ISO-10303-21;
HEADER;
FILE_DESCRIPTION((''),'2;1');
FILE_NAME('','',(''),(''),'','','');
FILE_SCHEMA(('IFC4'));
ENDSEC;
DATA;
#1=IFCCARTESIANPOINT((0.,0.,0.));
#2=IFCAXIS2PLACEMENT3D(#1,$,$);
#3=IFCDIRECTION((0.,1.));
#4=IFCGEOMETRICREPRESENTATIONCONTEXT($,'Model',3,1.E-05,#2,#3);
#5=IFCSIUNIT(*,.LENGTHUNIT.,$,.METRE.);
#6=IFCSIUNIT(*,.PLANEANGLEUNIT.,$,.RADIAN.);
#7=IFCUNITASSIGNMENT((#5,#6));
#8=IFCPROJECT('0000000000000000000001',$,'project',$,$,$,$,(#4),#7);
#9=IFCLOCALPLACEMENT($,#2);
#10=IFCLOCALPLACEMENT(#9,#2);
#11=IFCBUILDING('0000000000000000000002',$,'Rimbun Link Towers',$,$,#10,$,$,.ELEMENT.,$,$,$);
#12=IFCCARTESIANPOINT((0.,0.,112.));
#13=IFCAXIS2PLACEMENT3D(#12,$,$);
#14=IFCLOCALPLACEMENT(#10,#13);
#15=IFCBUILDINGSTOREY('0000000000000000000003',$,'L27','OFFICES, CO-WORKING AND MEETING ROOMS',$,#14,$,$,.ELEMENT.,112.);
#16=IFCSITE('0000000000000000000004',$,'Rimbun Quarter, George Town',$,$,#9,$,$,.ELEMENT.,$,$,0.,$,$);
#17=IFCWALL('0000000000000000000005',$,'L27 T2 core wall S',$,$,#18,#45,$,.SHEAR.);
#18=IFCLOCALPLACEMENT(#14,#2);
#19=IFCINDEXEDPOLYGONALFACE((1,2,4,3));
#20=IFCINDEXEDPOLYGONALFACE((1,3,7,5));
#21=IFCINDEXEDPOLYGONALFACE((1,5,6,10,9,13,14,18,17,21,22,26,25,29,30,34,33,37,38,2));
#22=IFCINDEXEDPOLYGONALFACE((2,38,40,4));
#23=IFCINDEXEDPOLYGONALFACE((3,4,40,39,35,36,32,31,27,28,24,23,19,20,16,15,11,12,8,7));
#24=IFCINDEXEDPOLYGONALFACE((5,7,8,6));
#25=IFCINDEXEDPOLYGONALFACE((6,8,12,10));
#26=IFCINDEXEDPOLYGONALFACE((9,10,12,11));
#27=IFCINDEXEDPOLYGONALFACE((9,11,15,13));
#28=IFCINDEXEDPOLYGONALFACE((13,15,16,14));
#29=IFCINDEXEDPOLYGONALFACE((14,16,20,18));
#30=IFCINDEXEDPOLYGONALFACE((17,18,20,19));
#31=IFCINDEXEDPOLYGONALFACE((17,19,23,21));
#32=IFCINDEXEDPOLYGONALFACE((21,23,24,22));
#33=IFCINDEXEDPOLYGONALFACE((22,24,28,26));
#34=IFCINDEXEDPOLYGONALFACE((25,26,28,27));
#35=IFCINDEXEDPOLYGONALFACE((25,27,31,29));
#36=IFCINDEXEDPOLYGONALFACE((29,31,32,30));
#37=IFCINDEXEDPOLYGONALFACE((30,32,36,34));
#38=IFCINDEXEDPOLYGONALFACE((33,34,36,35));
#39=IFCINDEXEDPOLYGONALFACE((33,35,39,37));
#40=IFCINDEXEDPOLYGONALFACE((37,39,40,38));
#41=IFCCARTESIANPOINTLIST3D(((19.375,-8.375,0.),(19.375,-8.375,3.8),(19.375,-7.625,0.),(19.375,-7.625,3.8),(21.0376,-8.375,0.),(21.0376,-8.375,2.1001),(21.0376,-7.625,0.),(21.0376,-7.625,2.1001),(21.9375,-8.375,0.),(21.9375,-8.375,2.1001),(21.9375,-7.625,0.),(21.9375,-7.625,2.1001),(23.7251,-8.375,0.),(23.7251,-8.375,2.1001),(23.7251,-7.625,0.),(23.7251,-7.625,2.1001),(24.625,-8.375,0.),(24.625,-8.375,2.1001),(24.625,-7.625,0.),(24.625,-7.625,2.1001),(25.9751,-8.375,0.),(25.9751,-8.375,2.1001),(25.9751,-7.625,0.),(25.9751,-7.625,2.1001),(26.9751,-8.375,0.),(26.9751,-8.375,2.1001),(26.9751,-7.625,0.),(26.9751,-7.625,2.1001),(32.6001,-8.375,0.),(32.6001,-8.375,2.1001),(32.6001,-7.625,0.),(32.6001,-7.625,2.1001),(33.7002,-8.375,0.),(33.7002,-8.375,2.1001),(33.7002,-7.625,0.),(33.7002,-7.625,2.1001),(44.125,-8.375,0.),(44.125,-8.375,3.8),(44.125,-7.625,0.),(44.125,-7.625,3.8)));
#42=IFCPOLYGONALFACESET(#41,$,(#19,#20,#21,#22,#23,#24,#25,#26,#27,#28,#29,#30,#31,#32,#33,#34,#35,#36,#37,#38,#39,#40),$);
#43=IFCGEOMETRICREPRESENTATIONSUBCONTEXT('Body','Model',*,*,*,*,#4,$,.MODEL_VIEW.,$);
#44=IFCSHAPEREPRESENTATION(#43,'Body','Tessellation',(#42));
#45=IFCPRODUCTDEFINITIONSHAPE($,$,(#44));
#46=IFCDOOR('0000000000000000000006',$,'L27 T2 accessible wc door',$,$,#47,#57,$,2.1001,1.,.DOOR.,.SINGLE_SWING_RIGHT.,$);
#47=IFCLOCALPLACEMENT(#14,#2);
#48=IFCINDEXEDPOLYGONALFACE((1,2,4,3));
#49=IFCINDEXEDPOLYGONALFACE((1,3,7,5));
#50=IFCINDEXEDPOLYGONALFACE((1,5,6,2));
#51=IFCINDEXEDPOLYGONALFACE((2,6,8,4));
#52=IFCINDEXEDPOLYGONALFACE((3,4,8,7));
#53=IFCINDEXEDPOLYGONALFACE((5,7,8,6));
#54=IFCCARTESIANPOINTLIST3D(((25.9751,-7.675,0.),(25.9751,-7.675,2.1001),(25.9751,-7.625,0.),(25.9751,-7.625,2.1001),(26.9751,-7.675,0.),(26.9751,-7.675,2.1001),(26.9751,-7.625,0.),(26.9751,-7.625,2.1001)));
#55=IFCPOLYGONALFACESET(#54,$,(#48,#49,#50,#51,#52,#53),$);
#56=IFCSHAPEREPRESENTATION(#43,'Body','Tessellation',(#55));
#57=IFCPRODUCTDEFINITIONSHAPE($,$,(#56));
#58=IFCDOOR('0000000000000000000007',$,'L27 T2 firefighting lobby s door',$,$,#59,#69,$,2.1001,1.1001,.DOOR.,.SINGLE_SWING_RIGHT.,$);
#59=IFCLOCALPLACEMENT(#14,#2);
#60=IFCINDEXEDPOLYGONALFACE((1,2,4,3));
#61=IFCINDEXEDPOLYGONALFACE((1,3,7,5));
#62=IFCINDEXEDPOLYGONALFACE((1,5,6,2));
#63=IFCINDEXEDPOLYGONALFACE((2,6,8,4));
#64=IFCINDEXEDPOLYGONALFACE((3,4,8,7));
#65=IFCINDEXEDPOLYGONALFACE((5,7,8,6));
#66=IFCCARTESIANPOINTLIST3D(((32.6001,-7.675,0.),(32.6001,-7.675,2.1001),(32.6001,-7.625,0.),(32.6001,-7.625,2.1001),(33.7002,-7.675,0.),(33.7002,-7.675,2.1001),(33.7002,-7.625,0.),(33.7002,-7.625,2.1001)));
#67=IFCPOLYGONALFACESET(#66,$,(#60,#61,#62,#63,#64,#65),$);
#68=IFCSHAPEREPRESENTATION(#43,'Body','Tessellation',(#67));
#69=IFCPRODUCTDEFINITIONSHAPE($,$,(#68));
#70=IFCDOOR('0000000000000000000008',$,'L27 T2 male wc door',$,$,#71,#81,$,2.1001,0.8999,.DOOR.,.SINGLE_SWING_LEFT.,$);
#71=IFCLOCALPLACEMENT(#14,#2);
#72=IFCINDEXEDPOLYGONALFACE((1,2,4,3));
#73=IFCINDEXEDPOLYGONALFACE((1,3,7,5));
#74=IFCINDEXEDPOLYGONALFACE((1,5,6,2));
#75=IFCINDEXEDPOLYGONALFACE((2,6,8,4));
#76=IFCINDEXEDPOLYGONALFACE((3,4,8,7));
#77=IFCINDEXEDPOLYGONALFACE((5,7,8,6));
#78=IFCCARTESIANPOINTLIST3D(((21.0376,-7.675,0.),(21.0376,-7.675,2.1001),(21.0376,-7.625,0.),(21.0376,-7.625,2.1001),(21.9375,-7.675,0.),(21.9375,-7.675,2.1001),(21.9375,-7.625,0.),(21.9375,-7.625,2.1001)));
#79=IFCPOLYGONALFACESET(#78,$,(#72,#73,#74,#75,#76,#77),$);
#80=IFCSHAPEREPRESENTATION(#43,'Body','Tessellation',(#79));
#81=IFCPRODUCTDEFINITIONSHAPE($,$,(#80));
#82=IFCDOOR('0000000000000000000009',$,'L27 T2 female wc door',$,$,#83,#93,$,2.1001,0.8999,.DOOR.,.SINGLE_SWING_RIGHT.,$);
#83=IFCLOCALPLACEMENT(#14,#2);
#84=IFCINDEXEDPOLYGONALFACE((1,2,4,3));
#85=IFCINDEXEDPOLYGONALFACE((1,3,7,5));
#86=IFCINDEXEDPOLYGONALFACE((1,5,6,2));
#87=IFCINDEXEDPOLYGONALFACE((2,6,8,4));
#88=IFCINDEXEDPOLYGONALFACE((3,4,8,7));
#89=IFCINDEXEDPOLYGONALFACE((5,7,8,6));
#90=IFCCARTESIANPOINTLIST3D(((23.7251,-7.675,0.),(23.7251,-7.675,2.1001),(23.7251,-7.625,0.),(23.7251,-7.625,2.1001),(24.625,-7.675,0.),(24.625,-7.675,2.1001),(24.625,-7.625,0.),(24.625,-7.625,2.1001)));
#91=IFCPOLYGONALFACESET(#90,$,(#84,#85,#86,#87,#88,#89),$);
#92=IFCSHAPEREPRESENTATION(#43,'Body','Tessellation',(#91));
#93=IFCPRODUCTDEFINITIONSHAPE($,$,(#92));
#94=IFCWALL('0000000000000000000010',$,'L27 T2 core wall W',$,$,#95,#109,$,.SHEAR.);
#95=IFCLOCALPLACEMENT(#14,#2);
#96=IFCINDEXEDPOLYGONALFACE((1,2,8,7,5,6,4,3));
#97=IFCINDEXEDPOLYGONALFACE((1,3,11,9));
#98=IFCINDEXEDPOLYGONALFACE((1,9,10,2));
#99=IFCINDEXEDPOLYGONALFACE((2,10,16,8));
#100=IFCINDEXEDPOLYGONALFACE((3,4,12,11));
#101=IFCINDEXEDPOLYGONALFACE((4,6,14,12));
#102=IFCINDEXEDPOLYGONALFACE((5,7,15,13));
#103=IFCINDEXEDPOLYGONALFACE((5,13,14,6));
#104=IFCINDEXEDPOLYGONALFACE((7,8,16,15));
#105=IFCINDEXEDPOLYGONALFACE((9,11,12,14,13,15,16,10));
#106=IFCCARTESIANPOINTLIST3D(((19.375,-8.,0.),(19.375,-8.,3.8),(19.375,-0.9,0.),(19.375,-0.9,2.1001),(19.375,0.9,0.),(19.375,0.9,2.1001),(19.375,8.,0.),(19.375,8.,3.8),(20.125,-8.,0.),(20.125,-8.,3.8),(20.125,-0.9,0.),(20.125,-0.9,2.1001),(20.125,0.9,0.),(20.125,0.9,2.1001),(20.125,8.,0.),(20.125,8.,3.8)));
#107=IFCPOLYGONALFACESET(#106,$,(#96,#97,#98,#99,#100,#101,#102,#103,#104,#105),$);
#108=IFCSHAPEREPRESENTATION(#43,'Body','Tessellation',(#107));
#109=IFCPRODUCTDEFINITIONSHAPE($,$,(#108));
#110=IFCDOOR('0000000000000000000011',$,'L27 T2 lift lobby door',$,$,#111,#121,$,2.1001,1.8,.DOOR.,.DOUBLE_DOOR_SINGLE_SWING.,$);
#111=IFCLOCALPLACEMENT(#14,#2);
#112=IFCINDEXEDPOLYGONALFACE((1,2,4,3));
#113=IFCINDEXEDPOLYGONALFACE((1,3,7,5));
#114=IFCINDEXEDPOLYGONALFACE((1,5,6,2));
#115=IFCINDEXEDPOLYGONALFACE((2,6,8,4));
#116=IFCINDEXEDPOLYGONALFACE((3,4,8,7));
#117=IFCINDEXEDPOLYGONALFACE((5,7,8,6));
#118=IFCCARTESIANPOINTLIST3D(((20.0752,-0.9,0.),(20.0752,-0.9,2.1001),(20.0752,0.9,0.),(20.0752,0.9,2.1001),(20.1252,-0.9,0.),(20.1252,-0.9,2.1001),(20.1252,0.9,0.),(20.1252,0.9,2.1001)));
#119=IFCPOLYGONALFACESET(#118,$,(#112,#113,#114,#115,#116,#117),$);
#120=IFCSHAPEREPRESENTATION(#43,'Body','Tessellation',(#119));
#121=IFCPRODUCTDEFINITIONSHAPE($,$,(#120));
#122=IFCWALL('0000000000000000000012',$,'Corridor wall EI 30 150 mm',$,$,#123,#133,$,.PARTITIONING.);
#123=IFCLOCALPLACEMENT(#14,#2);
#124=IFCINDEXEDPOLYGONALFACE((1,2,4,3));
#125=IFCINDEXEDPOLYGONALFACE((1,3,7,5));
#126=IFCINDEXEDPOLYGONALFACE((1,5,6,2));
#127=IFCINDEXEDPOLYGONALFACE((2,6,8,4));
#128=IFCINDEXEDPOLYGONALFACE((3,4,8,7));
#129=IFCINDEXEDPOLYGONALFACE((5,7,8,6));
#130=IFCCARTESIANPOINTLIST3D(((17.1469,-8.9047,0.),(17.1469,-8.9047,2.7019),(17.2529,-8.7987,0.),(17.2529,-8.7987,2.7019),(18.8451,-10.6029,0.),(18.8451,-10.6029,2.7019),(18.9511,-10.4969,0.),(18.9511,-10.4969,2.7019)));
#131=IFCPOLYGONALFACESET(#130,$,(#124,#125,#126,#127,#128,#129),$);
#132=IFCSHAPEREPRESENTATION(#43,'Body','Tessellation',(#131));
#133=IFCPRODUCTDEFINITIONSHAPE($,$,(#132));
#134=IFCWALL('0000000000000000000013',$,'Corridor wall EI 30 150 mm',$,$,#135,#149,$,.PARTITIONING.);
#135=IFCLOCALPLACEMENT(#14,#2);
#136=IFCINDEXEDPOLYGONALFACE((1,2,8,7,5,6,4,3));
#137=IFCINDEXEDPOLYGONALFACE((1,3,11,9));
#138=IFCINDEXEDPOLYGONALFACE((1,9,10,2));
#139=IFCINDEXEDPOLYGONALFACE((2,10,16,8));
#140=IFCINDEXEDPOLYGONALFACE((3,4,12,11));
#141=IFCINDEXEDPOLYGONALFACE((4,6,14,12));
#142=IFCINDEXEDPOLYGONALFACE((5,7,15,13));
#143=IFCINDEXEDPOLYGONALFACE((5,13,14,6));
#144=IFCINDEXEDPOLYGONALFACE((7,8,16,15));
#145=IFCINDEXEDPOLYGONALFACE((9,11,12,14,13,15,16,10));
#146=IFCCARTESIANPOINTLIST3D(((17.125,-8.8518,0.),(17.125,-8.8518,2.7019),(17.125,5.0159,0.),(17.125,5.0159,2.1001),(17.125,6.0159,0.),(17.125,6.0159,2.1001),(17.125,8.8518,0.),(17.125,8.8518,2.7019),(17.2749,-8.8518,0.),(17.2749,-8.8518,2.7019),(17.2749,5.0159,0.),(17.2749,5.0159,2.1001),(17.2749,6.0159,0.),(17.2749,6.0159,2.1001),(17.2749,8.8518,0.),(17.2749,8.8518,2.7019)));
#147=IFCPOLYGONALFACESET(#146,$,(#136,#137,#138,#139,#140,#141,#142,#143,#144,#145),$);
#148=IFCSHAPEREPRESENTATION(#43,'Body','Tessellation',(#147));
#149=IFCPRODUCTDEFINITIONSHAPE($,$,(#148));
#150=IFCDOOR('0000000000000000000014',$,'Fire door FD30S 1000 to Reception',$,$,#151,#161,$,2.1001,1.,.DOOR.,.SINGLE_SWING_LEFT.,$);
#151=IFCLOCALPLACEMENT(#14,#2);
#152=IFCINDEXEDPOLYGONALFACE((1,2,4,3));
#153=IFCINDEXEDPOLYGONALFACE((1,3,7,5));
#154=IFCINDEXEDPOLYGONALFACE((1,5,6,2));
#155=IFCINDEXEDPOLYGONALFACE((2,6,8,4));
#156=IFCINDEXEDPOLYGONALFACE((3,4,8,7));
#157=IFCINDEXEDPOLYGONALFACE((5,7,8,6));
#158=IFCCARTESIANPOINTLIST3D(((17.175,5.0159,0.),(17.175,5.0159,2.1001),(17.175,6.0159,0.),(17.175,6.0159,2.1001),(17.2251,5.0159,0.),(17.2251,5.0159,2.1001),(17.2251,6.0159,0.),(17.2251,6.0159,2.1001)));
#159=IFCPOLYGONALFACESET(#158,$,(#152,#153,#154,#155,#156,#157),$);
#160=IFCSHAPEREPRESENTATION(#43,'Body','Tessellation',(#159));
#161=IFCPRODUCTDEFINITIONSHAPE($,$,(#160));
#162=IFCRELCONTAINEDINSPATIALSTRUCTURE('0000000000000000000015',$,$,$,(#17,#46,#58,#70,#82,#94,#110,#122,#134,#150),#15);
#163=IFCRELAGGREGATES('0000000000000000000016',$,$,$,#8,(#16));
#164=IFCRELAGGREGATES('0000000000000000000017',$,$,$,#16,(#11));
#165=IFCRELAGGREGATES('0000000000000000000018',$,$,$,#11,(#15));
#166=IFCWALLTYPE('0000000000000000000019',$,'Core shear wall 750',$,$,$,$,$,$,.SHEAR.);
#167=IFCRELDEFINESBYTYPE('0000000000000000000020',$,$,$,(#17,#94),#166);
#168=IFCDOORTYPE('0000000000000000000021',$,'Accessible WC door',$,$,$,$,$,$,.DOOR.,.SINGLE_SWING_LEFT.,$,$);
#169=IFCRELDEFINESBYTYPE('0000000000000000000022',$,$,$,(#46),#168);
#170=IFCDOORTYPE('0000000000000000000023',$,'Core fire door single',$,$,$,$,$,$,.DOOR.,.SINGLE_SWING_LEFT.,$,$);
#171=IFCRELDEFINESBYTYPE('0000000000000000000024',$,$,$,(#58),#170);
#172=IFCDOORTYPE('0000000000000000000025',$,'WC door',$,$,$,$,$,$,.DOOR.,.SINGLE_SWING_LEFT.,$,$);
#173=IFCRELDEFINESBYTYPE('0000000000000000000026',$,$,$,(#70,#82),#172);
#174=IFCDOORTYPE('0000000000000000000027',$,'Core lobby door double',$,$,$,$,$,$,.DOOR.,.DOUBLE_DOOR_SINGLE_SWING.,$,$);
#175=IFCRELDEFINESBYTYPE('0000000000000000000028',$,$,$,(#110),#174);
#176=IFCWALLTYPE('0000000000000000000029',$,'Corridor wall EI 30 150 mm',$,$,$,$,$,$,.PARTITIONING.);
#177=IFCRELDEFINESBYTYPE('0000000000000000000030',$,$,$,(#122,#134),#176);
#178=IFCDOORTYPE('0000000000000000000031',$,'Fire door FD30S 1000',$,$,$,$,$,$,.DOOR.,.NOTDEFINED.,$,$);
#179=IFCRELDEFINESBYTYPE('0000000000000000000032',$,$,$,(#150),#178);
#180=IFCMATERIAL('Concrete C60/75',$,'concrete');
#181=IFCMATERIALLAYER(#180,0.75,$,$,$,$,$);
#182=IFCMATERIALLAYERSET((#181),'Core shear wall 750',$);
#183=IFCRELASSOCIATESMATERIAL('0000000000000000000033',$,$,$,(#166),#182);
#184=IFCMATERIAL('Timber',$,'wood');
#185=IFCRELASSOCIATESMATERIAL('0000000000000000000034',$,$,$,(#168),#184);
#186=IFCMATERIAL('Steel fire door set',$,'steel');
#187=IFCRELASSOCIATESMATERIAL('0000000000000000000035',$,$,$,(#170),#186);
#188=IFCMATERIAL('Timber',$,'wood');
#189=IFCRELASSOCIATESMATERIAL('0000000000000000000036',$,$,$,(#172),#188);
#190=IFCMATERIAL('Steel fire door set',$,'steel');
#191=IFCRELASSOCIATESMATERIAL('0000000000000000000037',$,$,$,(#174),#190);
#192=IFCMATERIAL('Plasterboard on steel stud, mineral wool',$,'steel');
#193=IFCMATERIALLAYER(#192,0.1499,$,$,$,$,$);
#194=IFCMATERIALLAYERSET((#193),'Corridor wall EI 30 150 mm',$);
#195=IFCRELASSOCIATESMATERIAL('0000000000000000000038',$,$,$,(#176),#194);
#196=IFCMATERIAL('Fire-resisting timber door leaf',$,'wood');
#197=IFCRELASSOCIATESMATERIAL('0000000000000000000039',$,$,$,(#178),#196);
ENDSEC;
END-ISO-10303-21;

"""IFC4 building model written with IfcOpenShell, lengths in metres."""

from ifc_helpers import new_model, si_unit, direction, frame, frame_2d, origin, place, context, subcontext, project, spatial, rectangle, extrude, material, layer, layer_set, type_object, element, fill, save


model = new_model("IFC4")

# Units and contexts
model_context = context("Model", 3, precision=1e-05, world=origin(), true_north=direction((0.0, 1.0)))
body_context = subcontext(model_context, "Body", "Model", "MODEL_VIEW")
ifc_project = project(units=[si_unit("LENGTHUNIT", "METRE"), si_unit("PLANEANGLEUNIT", "RADIAN")], contexts=[model_context])

# Site, building, storey
site_placement = place(None, origin())
site = spatial("IfcSite", under=ifc_project, at=site_placement, Name="Rimbun Quarter, George Town", CompositionType="ELEMENT", RefElevation=0.0)
building_placement = place(site_placement, origin())
building = spatial("IfcBuilding", under=site, at=building_placement, Name="Rimbun Link Towers", CompositionType="ELEMENT")
storey_placement = place(building_placement, frame((0.0, 0.0, 112.0)))
storey = spatial("IfcBuildingStorey", under=building, at=storey_placement, Name="L27", Description="OFFICES, CO-WORKING AND MEETING ROOMS", CompositionType="ELEMENT", Elevation=112.0)

# Wall, openings, doors
ifc_material_1 = material(Name="Concrete C60/75", Category="concrete")
ifc_layer_1 = layer(ifc_material_1, 0.75)
ifc_layer_set_1 = layer_set([ifc_layer_1], Name="Core shear wall 750")
wall_type_1 = type_object("IfcWallType", Name="Core shear wall 750", PredefinedType="SHEAR", material=ifc_layer_set_1)
wall_1_placement = place(storey_placement, frame((19.375, -8.0, 0.0), z_axis=(0.0, 0.0, 1.0), x_axis=(1.0, 0.0, 0.0)))
wall_1 = element("IfcWall", 1, at=wall_1_placement, inside=storey, type_object=wall_type_1, Name="L27 T2 core wall S", PredefinedType="SHEAR", context=body_context, shape_type="SweptSolid", body=[
    extrude(rectangle(XDim=24.75, YDim=0.75, at=frame_2d((12.375, 0.0))), origin(), (0.0, 0.0, 1.0), 3.8),
])
opening_1_placement = place(wall_1_placement, frame((13.2251, 0.0, 0.0)))
opening_1 = element("IfcOpeningElement", 2, at=opening_1_placement, cuts=wall_1, PredefinedType="OPENING", context=body_context, shape_type="SweptSolid", body=[
    extrude(rectangle(XDim=1.1001, YDim=2.1001, at=frame_2d((0.55, 1.05))), frame((0.0, 0.385, 0.0), z_axis=(0.0, -1.0, 0.0), x_axis=(1.0, 0.0, 0.0)), (0.0, 0.0, 1.0), 0.77),
])
opening_2_placement = place(wall_1_placement, frame((1.6626, 0.0, 0.0)))
opening_2 = element("IfcOpeningElement", 3, at=opening_2_placement, cuts=wall_1, PredefinedType="OPENING", context=body_context, shape_type="SweptSolid", body=[
    extrude(rectangle(XDim=0.8999, YDim=2.1001, at=frame_2d((0.45, 1.05))), frame((0.0, 0.385, 0.0), z_axis=(0.0, -1.0, 0.0), x_axis=(1.0, 0.0, 0.0)), (0.0, 0.0, 1.0), 0.77),
])
opening_3_placement = place(wall_1_placement, frame((4.3501, 0.0, 0.0)))
opening_3 = element("IfcOpeningElement", 4, at=opening_3_placement, cuts=wall_1, PredefinedType="OPENING", context=body_context, shape_type="SweptSolid", body=[
    extrude(rectangle(XDim=0.8999, YDim=2.1001, at=frame_2d((0.45, 1.05))), frame((0.0, 0.385, 0.0), z_axis=(0.0, -1.0, 0.0), x_axis=(1.0, 0.0, 0.0)), (0.0, 0.0, 1.0), 0.77),
])
opening_4_placement = place(wall_1_placement, frame((6.6001, 0.0, 0.0)))
opening_4 = element("IfcOpeningElement", 5, at=opening_4_placement, cuts=wall_1, PredefinedType="OPENING", context=body_context, shape_type="SweptSolid", body=[
    extrude(rectangle(XDim=1.0, YDim=2.1001, at=frame_2d((0.5, 1.05))), frame((0.0, 0.385, 0.0), z_axis=(0.0, -1.0, 0.0), x_axis=(1.0, 0.0, 0.0)), (0.0, 0.0, 1.0), 0.77),
])
ifc_material_2 = material(Name="Timber", Category="wood")
door_type_1 = type_object("IfcDoorType", Name="Accessible WC door", OperationType="SINGLE_SWING_LEFT", PredefinedType="DOOR", material=ifc_material_2)
door_1_placement = place(opening_4_placement, origin())
door_1 = element("IfcDoor", 6, at=door_1_placement, inside=storey, type_object=door_type_1, Name="L27 T2 accessible wc door", OperationType="SINGLE_SWING_RIGHT", OverallHeight=2.1001, OverallWidth=1.0, PredefinedType="DOOR", context=body_context, shape_type="SweptSolid", body=[
    extrude(rectangle(XDim=1.0, YDim=2.1001, at=frame_2d((0.5, 1.05))), frame((0.0, 0.375, 0.0), z_axis=(0.0, -1.0, 0.0), x_axis=(1.0, 0.0, 0.0)), (0.0, 0.0, 1.0), 0.05),
])
fill(opening_4, door_1)
ifc_material_3 = material(Name="Steel fire door set", Category="steel")
door_type_2 = type_object("IfcDoorType", Name="Core fire door single", OperationType="SINGLE_SWING_LEFT", PredefinedType="DOOR", material=ifc_material_3)
door_2_placement = place(opening_1_placement, origin())
door_2 = element("IfcDoor", 7, at=door_2_placement, inside=storey, type_object=door_type_2, Name="L27 T2 firefighting lobby s door", OperationType="SINGLE_SWING_RIGHT", OverallHeight=2.1001, OverallWidth=1.1001, PredefinedType="DOOR", context=body_context, shape_type="SweptSolid", body=[
    extrude(rectangle(XDim=1.1001, YDim=2.1001, at=frame_2d((0.55, 1.05))), frame((0.0, 0.375, 0.0), z_axis=(0.0, -1.0, 0.0), x_axis=(1.0, 0.0, 0.0)), (0.0, 0.0, 1.0), 0.05),
])
fill(opening_1, door_2)
ifc_material_4 = material(Name="Timber", Category="wood")
door_type_3 = type_object("IfcDoorType", Name="WC door", OperationType="SINGLE_SWING_LEFT", PredefinedType="DOOR", material=ifc_material_4)
door_3_placement = place(opening_2_placement, origin())
door_3 = element("IfcDoor", 8, at=door_3_placement, inside=storey, type_object=door_type_3, Name="L27 T2 male wc door", OperationType="SINGLE_SWING_LEFT", OverallHeight=2.1001, OverallWidth=0.8999, PredefinedType="DOOR", context=body_context, shape_type="SweptSolid", body=[
    extrude(rectangle(XDim=0.8999, YDim=2.1001, at=frame_2d((0.45, 1.05))), frame((0.0, 0.375, 0.0), z_axis=(0.0, -1.0, 0.0), x_axis=(1.0, 0.0, 0.0)), (0.0, 0.0, 1.0), 0.05),
])
fill(opening_2, door_3)
door_4_placement = place(opening_3_placement, origin())
door_4 = element("IfcDoor", 9, at=door_4_placement, inside=storey, type_object=door_type_3, Name="L27 T2 female wc door", OperationType="SINGLE_SWING_RIGHT", OverallHeight=2.1001, OverallWidth=0.8999, PredefinedType="DOOR", context=body_context, shape_type="SweptSolid", body=[
    extrude(rectangle(XDim=0.8999, YDim=2.1001, at=frame_2d((0.45, 1.05))), frame((0.0, 0.375, 0.0), z_axis=(0.0, -1.0, 0.0), x_axis=(1.0, 0.0, 0.0)), (0.0, 0.0, 1.0), 0.05),
])
fill(opening_3, door_4)

# Wall, opening, door
wall_2_placement = place(storey_placement, frame((19.75, -8.0, 0.0), z_axis=(0.0, 0.0, 1.0), x_axis=(0.0, 1.0, 0.0)))
wall_2 = element("IfcWall", 10, at=wall_2_placement, inside=storey, type_object=wall_type_1, Name="L27 T2 core wall W", PredefinedType="SHEAR", context=body_context, shape_type="SweptSolid", body=[
    extrude(rectangle(XDim=16.0, YDim=0.75, at=frame_2d((8.0, 0.0))), origin(), (0.0, 0.0, 1.0), 3.8),
])
opening_5_placement = place(wall_2_placement, frame((7.1001, 0.0, 0.0)))
opening_5 = element("IfcOpeningElement", 11, at=opening_5_placement, cuts=wall_2, PredefinedType="OPENING", context=body_context, shape_type="SweptSolid", body=[
    extrude(rectangle(XDim=1.8, YDim=2.1001, at=frame_2d((0.8999, 1.05))), frame((0.0, 0.385, 0.0), z_axis=(0.0, -1.0, 0.0), x_axis=(1.0, 0.0, 0.0)), (0.0, 0.0, 1.0), 0.77),
])
ifc_material_5 = material(Name="Steel fire door set", Category="steel")
door_type_4 = type_object("IfcDoorType", Name="Core lobby door double", OperationType="DOUBLE_DOOR_SINGLE_SWING", PredefinedType="DOOR", material=ifc_material_5)
door_5_placement = place(opening_5_placement, origin())
door_5 = element("IfcDoor", 12, at=door_5_placement, inside=storey, type_object=door_type_4, Name="L27 T2 lift lobby door", OperationType="DOUBLE_DOOR_SINGLE_SWING", OverallHeight=2.1001, OverallWidth=1.8, PredefinedType="DOOR", context=body_context, shape_type="SweptSolid", body=[
    extrude(rectangle(XDim=1.8, YDim=2.1001, at=frame_2d((0.8999, 1.05))), frame((0.0, -0.3252, 0.0), z_axis=(0.0, -1.0, 0.0), x_axis=(1.0, 0.0, 0.0)), (0.0, 0.0, 1.0), 0.05),
])
fill(opening_5, door_5)

# Wall
ifc_material_6 = material(Name="Plasterboard on steel stud, mineral wool", Category="steel")
ifc_layer_2 = layer(ifc_material_6, 0.1499)
ifc_layer_set_2 = layer_set([ifc_layer_2], Name="Corridor wall EI 30 150 mm")
wall_type_2 = type_object("IfcWallType", Name="Corridor wall EI 30 150 mm", PredefinedType="PARTITIONING", material=ifc_layer_set_2)
wall_3_placement = place(storey_placement, frame((17.2, -8.8518, 0.0), z_axis=(0.0, 0.0, 1.0), x_axis=(0.707107, -0.707107, 0.0)))
element("IfcWall", 13, at=wall_3_placement, inside=storey, type_object=wall_type_2, Name="Corridor wall EI 30 150 mm", PredefinedType="PARTITIONING", context=body_context, shape_type="SweptSolid", body=[
    extrude(rectangle(XDim=2.4016, YDim=0.1499, at=frame_2d((1.2007, 0.0))), origin(), (0.0, 0.0, 1.0), 2.7019),
])

# Wall, opening, door
wall_4_placement = place(storey_placement, frame((17.2, -8.8518, 0.0), z_axis=(0.0, 0.0, 1.0), x_axis=(0.0, 1.0, 0.0)))
wall_4 = element("IfcWall", 14, at=wall_4_placement, inside=storey, type_object=wall_type_2, Name="Corridor wall EI 30 150 mm", PredefinedType="PARTITIONING", context=body_context, shape_type="SweptSolid", body=[
    extrude(rectangle(XDim=17.7036, YDim=0.1499, at=frame_2d((8.8518, 0.0))), origin(), (0.0, 0.0, 1.0), 2.7019),
])
opening_6_placement = place(wall_4_placement, frame((13.8677, 0.0, 0.0)))
opening_6 = element("IfcOpeningElement", 15, at=opening_6_placement, cuts=wall_4, PredefinedType="OPENING", context=body_context, shape_type="SweptSolid", body=[
    extrude(rectangle(XDim=1.0, YDim=2.1001, at=frame_2d((0.5, 1.05))), frame((0.0, 0.085, 0.0), z_axis=(0.0, -1.0, 0.0), x_axis=(1.0, 0.0, 0.0)), (0.0, 0.0, 1.0), 0.1699),
])
ifc_material_7 = material(Name="Fire-resisting timber door leaf", Category="wood")
door_type_5 = type_object("IfcDoorType", Name="Fire door FD30S 1000", OperationType="NOTDEFINED", PredefinedType="DOOR", material=ifc_material_7)
door_6_placement = place(opening_6_placement, origin())
door_6 = element("IfcDoor", 16, at=door_6_placement, inside=storey, type_object=door_type_5, Name="Fire door FD30S 1000 to Reception", OperationType="SINGLE_SWING_LEFT", OverallHeight=2.1001, OverallWidth=1.0, PredefinedType="DOOR", context=body_context, shape_type="SweptSolid", body=[
    extrude(rectangle(XDim=1.0, YDim=2.1001, at=frame_2d((0.5, 1.05))), frame((0.0, 0.0249, 0.0), z_axis=(0.0, -1.0, 0.0), x_axis=(1.0, 0.0, 0.0)), (0.0, 0.0, 1.0), 0.05),
])
fill(opening_6, door_6)

save(model, "model.ifc")
